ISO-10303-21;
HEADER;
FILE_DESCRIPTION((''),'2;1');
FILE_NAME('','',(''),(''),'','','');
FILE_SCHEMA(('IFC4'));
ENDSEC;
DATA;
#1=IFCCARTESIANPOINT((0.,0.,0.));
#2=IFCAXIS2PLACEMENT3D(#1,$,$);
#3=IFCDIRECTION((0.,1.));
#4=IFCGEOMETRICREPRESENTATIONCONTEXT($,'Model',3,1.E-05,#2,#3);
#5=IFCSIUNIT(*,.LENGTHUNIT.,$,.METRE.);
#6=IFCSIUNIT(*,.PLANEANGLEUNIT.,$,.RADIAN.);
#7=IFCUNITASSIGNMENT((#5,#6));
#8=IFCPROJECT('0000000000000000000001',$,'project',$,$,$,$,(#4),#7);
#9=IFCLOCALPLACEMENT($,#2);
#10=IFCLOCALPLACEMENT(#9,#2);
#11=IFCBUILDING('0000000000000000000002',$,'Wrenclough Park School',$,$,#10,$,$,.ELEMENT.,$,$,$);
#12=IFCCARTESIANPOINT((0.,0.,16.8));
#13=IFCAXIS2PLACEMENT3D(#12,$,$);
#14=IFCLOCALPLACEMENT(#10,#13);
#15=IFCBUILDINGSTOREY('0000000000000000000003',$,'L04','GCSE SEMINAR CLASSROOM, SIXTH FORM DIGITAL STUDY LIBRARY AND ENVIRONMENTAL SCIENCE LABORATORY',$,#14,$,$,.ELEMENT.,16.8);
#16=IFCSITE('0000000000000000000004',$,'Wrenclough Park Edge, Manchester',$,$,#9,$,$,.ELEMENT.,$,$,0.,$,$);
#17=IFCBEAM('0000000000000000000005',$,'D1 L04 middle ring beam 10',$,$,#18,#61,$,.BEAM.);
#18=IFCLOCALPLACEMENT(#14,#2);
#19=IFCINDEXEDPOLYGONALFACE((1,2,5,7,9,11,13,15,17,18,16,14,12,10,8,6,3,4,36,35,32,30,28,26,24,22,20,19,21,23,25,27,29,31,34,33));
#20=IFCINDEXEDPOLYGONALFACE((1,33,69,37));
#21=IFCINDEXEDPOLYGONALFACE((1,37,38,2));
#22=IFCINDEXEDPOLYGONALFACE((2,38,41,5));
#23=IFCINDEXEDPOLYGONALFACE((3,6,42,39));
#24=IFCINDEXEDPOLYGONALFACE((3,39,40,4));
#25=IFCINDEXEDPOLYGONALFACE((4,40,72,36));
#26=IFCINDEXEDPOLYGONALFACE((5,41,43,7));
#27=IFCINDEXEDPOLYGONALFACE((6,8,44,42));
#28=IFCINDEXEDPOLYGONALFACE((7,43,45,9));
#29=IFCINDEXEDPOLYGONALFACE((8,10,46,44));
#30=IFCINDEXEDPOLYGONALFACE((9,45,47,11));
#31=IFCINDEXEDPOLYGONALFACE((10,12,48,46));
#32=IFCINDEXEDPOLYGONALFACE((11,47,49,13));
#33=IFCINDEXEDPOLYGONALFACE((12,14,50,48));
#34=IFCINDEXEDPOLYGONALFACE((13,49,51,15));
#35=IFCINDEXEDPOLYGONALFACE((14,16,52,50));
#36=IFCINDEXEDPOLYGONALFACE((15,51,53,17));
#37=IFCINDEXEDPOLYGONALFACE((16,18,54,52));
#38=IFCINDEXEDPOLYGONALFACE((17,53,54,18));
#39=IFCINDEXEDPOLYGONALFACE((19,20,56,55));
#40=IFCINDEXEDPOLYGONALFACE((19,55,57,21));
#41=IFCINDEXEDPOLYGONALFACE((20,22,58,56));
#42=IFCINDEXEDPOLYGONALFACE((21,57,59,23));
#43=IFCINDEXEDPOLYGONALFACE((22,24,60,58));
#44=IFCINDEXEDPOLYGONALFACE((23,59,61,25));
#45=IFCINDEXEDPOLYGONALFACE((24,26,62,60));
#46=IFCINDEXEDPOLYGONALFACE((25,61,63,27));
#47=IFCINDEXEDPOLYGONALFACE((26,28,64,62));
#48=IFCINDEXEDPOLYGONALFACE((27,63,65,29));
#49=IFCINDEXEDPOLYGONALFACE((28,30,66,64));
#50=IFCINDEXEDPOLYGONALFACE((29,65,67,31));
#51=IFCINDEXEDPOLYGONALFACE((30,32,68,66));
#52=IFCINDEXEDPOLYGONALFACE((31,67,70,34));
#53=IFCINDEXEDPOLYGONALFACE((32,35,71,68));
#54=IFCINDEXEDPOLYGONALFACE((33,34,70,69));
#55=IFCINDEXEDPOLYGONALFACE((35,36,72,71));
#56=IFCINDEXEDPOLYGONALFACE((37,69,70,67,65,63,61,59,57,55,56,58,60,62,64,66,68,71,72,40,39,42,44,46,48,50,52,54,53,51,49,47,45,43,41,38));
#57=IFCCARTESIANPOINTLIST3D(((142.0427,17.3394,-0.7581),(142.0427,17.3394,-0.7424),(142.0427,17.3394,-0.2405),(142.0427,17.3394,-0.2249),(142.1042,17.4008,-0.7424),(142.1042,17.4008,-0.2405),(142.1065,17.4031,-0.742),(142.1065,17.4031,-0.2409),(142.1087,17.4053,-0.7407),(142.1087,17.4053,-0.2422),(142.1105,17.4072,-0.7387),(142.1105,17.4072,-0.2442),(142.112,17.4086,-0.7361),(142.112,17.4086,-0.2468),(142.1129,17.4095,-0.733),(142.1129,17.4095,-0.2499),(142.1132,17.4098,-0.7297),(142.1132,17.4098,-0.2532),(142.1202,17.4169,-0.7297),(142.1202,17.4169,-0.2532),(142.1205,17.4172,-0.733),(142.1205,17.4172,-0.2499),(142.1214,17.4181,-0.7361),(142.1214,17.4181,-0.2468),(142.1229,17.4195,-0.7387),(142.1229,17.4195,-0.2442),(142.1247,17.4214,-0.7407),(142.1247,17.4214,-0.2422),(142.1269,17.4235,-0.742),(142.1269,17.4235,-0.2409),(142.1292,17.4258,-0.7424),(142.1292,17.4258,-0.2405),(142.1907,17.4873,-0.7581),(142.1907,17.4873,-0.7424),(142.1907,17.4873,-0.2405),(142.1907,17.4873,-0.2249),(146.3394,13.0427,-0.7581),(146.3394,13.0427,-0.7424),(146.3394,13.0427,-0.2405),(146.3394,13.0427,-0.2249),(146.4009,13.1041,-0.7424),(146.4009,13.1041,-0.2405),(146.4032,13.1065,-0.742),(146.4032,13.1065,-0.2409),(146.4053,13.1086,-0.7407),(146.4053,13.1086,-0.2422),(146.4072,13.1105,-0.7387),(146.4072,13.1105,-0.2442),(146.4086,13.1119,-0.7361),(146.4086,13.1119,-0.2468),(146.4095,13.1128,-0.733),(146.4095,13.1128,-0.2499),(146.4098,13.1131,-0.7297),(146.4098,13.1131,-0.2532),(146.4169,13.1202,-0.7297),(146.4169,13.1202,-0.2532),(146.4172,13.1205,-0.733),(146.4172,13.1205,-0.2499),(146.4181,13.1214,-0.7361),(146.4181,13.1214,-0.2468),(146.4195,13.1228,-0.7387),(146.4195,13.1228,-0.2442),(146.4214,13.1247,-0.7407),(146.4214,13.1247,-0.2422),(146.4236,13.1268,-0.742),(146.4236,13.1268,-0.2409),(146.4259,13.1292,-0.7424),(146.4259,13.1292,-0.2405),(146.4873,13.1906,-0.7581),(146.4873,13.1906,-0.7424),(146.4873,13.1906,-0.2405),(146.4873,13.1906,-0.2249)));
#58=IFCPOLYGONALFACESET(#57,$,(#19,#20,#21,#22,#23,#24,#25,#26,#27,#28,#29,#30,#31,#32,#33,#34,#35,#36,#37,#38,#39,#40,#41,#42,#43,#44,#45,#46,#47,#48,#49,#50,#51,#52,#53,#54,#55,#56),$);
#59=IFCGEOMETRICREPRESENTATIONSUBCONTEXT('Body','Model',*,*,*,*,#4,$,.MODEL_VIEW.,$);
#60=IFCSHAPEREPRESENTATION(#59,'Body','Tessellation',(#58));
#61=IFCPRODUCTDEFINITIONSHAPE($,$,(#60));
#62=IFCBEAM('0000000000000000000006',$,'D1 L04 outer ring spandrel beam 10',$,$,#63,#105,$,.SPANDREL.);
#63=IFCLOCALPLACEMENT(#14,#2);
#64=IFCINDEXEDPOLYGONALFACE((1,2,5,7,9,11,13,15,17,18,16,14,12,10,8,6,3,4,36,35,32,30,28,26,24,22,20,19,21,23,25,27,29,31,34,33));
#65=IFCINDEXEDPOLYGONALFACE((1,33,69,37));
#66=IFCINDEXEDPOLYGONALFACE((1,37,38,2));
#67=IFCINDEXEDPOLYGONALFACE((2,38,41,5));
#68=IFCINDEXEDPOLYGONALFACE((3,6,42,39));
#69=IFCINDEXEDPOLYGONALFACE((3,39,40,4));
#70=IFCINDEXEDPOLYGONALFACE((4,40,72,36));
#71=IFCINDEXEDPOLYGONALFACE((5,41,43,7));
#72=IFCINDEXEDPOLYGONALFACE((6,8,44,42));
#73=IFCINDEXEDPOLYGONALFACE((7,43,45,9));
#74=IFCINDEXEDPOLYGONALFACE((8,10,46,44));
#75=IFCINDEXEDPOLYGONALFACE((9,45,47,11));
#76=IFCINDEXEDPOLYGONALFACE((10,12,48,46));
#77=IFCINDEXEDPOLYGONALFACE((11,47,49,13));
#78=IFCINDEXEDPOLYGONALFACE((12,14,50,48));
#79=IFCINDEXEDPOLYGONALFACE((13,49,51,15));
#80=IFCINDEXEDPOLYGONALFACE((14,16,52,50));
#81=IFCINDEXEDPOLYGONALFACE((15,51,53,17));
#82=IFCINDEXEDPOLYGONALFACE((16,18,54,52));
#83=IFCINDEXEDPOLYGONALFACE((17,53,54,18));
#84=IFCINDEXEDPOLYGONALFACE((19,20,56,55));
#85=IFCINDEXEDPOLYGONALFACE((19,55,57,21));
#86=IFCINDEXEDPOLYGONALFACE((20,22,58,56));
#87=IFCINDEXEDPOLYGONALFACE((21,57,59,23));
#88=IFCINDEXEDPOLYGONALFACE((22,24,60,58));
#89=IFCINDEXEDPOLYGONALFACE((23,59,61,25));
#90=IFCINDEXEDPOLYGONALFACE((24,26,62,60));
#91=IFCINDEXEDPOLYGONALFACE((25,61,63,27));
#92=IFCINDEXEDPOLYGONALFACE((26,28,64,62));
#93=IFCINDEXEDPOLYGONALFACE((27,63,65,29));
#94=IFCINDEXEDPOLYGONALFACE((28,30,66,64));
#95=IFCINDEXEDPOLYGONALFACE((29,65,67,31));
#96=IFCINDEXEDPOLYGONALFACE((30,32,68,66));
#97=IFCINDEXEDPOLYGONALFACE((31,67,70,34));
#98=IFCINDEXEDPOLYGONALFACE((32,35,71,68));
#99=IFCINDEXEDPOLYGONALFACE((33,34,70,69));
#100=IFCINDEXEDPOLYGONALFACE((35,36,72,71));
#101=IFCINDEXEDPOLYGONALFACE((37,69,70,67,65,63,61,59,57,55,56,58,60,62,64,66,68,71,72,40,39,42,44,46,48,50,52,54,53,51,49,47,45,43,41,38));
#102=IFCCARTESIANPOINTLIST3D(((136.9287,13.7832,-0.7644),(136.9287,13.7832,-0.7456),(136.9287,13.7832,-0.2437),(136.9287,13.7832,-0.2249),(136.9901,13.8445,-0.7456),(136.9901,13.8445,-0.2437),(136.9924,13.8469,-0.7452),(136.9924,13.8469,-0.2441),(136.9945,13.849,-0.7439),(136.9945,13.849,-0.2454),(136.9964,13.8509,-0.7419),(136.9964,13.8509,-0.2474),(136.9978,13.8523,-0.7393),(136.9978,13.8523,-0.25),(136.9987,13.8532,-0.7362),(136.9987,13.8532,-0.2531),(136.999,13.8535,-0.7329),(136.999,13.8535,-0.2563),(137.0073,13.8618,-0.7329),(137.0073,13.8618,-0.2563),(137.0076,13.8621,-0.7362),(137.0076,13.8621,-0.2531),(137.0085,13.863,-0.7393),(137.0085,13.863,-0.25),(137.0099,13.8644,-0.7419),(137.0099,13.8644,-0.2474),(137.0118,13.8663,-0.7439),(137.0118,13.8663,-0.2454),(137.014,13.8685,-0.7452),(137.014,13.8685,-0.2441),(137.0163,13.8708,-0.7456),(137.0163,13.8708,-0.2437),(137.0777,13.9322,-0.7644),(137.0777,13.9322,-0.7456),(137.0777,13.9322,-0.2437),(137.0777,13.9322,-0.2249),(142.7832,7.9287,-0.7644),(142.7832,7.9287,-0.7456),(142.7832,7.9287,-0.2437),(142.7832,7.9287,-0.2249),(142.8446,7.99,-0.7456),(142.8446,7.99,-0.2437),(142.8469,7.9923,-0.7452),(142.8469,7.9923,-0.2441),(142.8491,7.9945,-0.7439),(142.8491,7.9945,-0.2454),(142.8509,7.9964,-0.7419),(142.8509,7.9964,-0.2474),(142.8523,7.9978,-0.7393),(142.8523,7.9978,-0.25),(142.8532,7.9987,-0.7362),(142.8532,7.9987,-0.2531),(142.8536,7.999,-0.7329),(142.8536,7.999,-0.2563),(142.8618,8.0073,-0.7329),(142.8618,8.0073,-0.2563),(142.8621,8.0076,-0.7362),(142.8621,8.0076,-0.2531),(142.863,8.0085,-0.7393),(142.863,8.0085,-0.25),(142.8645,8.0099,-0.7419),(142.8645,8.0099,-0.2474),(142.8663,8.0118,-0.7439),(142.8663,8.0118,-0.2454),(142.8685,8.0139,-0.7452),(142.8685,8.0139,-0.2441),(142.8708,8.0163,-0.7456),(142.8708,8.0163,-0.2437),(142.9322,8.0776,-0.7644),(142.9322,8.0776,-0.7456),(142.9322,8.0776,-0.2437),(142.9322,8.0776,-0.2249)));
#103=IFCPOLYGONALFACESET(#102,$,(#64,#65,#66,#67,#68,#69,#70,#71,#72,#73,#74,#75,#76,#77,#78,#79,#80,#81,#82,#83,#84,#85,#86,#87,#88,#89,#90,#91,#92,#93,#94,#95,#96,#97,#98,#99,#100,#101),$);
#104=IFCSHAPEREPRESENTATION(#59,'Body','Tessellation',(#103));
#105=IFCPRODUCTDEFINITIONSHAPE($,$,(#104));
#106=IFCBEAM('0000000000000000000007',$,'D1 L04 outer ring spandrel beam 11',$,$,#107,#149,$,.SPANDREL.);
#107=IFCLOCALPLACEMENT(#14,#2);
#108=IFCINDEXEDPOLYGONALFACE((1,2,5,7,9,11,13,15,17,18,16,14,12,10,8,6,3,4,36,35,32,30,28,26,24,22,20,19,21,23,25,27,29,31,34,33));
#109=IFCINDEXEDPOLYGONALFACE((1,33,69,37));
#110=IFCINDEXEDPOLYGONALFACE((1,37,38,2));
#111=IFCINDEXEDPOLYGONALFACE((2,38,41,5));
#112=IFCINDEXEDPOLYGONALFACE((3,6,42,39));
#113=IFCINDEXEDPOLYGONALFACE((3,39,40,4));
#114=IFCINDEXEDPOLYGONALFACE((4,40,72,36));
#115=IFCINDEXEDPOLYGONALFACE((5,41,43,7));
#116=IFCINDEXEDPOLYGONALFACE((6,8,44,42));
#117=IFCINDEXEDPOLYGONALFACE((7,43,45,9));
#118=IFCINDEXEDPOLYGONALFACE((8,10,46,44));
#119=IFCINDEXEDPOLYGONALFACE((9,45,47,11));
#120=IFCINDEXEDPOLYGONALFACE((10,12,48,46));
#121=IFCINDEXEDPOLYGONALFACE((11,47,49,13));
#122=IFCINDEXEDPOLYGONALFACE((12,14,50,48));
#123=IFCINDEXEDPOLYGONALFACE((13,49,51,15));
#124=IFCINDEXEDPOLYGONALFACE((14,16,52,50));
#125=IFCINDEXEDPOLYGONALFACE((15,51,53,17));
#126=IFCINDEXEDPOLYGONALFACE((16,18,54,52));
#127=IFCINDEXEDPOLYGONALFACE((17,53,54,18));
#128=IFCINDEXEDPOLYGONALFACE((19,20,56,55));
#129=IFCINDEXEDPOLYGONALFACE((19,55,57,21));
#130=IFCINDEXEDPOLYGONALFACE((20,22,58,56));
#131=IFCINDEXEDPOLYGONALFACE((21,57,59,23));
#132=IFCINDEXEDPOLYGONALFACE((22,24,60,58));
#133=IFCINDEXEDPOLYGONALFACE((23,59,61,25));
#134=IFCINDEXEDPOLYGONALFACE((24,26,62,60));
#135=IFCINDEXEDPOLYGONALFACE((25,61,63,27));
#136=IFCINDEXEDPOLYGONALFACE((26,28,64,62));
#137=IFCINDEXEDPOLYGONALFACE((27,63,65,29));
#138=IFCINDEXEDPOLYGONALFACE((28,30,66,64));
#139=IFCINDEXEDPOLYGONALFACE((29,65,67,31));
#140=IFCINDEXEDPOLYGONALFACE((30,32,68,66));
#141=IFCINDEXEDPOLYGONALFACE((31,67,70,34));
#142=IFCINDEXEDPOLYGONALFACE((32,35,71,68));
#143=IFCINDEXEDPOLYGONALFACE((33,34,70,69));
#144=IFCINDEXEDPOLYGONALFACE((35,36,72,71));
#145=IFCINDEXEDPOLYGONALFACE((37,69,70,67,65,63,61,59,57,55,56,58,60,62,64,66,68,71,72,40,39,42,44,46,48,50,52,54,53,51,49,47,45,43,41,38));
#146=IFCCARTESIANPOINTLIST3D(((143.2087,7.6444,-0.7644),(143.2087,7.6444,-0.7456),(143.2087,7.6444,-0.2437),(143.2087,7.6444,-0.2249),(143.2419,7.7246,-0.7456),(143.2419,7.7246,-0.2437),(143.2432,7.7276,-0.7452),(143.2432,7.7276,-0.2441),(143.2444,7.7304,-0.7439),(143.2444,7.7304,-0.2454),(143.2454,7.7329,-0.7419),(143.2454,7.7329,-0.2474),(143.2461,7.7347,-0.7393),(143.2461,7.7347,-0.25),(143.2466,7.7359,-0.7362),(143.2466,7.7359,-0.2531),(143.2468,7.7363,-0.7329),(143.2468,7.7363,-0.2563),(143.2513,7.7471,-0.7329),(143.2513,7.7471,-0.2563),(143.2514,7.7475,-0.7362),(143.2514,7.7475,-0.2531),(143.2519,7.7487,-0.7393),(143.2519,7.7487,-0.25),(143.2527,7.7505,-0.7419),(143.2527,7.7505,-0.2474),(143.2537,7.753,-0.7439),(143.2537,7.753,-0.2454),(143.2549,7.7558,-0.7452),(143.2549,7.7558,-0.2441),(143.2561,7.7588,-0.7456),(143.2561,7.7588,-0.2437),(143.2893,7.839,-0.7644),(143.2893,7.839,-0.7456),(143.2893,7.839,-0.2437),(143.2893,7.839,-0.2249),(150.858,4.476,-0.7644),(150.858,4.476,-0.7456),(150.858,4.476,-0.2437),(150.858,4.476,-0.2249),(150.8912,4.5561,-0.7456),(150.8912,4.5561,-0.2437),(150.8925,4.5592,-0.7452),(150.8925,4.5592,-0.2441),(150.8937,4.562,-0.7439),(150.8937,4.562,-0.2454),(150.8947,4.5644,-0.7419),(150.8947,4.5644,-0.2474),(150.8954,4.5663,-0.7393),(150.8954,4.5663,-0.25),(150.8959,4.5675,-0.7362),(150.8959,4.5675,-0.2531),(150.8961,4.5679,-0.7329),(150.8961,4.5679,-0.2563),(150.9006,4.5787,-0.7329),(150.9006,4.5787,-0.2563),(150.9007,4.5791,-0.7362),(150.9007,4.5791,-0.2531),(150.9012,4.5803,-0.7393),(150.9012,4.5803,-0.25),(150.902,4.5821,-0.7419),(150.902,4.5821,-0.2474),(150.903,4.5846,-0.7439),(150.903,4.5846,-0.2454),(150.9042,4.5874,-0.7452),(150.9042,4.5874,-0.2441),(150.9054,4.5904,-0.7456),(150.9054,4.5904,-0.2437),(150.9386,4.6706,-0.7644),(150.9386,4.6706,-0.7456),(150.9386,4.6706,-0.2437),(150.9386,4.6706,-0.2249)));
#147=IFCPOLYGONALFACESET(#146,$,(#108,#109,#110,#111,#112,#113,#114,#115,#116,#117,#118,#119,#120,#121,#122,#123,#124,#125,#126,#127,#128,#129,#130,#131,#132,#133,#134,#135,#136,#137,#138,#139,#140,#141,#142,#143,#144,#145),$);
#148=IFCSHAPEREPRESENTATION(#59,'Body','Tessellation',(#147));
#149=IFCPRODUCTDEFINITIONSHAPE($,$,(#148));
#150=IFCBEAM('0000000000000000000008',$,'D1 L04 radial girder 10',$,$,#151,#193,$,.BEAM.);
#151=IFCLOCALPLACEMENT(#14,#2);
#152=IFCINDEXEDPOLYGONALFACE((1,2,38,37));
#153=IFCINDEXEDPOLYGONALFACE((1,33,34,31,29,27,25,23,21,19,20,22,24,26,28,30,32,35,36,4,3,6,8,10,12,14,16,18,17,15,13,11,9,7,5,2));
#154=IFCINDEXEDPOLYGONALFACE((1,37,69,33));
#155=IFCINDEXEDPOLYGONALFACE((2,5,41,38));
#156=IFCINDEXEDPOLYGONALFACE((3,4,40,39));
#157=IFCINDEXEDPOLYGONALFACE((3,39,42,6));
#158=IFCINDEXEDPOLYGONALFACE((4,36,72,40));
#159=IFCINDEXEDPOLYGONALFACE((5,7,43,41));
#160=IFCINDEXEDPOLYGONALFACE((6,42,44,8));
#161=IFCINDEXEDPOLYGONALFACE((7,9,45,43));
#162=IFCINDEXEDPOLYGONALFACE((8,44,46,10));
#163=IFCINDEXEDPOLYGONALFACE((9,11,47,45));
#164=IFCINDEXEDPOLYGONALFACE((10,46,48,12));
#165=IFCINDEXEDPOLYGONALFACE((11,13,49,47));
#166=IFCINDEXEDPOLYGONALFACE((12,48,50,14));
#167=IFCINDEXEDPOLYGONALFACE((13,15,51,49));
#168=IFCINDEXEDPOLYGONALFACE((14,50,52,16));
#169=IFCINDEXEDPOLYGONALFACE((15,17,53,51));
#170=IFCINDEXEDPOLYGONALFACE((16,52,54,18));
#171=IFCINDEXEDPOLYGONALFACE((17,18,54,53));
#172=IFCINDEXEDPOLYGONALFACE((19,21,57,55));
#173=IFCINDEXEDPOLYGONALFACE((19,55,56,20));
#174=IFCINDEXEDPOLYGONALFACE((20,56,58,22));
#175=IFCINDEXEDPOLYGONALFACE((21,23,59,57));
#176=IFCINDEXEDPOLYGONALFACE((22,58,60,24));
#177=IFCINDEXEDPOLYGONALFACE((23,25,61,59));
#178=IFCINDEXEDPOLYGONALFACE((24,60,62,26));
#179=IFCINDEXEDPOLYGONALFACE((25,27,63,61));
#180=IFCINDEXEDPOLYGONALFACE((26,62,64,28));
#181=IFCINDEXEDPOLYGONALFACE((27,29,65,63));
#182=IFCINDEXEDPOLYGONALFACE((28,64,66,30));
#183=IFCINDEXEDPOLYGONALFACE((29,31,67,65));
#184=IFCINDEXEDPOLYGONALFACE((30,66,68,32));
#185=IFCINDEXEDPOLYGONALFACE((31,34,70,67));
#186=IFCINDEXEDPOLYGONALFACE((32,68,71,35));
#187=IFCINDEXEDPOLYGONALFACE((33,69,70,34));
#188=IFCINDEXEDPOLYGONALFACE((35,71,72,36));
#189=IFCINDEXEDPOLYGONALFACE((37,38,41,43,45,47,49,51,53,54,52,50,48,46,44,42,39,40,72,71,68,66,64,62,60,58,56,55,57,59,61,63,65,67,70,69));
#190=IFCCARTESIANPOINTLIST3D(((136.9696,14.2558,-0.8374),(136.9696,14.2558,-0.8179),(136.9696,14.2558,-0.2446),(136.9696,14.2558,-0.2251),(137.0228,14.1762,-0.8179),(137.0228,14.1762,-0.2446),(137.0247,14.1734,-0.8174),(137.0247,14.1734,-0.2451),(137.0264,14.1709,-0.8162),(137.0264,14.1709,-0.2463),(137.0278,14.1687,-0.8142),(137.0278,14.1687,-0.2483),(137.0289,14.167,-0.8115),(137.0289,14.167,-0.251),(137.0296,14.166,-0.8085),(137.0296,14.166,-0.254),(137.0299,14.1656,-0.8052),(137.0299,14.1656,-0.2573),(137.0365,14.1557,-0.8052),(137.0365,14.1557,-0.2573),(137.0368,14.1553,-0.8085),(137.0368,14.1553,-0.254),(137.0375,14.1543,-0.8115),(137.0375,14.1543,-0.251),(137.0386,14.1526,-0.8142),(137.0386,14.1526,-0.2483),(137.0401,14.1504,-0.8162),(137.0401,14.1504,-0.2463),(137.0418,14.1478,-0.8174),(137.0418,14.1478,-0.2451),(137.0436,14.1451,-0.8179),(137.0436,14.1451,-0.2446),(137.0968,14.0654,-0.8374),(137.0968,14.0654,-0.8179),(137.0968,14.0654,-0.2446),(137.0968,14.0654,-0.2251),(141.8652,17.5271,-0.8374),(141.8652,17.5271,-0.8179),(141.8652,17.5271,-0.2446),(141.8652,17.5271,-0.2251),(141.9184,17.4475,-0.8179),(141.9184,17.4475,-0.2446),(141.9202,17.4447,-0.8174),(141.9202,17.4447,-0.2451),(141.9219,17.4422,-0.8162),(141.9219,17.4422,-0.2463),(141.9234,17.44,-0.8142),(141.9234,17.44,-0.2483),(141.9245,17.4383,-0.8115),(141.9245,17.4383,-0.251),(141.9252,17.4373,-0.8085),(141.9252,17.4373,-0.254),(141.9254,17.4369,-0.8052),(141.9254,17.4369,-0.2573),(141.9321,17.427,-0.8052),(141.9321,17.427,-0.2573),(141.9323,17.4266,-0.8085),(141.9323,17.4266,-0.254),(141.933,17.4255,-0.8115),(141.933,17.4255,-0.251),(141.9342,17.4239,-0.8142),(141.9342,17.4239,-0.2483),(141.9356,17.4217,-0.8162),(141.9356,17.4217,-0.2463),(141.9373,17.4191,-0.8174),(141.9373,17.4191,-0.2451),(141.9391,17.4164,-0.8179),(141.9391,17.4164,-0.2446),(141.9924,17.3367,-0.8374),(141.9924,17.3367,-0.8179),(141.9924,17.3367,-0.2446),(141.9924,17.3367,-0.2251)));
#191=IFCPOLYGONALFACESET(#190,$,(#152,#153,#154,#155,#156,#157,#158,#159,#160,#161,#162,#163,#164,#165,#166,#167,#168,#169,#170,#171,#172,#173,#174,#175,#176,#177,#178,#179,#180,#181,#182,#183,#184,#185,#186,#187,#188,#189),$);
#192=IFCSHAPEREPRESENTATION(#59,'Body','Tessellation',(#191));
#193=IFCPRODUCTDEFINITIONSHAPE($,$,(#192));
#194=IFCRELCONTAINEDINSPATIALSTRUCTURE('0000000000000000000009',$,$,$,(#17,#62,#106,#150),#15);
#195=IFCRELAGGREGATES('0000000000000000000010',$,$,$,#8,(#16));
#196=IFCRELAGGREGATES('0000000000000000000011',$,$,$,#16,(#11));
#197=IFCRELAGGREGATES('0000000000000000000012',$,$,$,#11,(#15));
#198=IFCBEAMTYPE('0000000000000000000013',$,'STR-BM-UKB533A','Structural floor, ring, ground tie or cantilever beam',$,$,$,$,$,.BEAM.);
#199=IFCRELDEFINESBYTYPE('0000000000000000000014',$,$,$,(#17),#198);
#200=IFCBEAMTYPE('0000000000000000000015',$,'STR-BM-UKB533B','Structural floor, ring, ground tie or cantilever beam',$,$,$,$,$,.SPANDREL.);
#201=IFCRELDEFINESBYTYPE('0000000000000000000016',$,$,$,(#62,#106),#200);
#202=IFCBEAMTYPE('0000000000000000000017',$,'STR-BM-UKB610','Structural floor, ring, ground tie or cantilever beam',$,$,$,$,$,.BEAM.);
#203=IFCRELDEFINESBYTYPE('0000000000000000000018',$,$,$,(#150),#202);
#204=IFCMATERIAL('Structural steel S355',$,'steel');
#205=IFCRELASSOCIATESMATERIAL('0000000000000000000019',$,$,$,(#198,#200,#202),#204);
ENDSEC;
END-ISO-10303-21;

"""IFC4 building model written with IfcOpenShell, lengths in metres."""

from ifc_helpers import new_model, si_unit, direction, frame, origin, origin_2d, place, context, subcontext, project, spatial, i_section, extrude, material, material_profile, profile_set, type_object, element, save


model = new_model("IFC4")

# Units and contexts
model_context = context("Model", 3, precision=1e-05, world=origin(), true_north=direction((0.0, 1.0)))
body_context = subcontext(model_context, "Body", "Model", "MODEL_VIEW")
ifc_project = project(units=[si_unit("LENGTHUNIT", "METRE"), si_unit("PLANEANGLEUNIT", "RADIAN")], contexts=[model_context])

# Site, building, storey
site_placement = place(None, origin())
site = spatial("IfcSite", under=ifc_project, at=site_placement, Name="Wrenclough Park Edge, Manchester", CompositionType="ELEMENT", RefElevation=0.0)
building_placement = place(site_placement, origin())
building = spatial("IfcBuilding", under=site, at=building_placement, Name="Wrenclough Park School", CompositionType="ELEMENT")
storey_placement = place(building_placement, frame((0.0, 0.0, 16.8)))
storey = spatial("IfcBuildingStorey", under=building, at=storey_placement, Name="L04", Description="GCSE SEMINAR CLASSROOM, SIXTH FORM DIGITAL STUDY LIBRARY AND ENVIRONMENTAL SCIENCE LABORATORY", CompositionType="ELEMENT", Elevation=16.8)

# Beams
ifc_material_1 = material(Name="Structural steel S355", Category="steel")
ifc_material_profile_1 = material_profile(ifc_material_1, i_section(OverallWidth=0.2092, OverallDepth=0.5332, WebThickness=0.01, FlangeThickness=0.0156, FilletRadius=0.0127, at=origin_2d()), Name="UKB 533x210x92")
ifc_profile_set_1 = profile_set([ifc_material_profile_1], Name="Structural steel S355")
beam_type_1 = type_object("IfcBeamType", Name="STR-BM-UKB533A", Description="Structural floor, ring, ground tie or cantilever beam", PredefinedType="BEAM", material=ifc_profile_set_1)
beam_placement = place(storey_placement, frame((142.1167, 17.4133, -0.4915), z_axis=(0.707107, -0.707107, 0.0), x_axis=(0.707107, 0.707107, 0.0)))
element("IfcBeam", 1, at=beam_placement, inside=storey, type_object=beam_type_1, Name="D1 L04 middle ring beam 10", PredefinedType="BEAM", context=body_context, shape_type="SweptSolid", body=[
    extrude(i_section(OverallWidth=0.2092, OverallDepth=0.5332, WebThickness=0.01, FlangeThickness=0.0156, FilletRadius=0.0127, at=origin_2d()), origin(), (0.0, 0.0, 1.0), 6.0764),
])
ifc_material_profile_2 = material_profile(ifc_material_1, i_section(OverallWidth=0.2107, OverallDepth=0.5396, WebThickness=0.0117, FlangeThickness=0.0188, FilletRadius=0.0127, at=origin_2d()), Name="UKB 533x210x109")
ifc_profile_set_2 = profile_set([ifc_material_profile_2], Name="Structural steel S355")
beam_type_2 = type_object("IfcBeamType", Name="STR-BM-UKB533B", Description="Structural floor, ring, ground tie or cantilever beam", PredefinedType="SPANDREL", material=ifc_profile_set_2)
for number, where, z_axis, x_axis, name in (
    (2, (137.0032, 13.8577, -0.4946), (0.707107, -0.707107, 0.0), (0.707107, 0.707107, 0.0), "D1 L04 outer ring spandrel beam 10"),
    (3, (143.249, 7.7417, -0.4946), (0.923881, -0.38268, 0.0), (0.38268, 0.923881, 0.0), "D1 L04 outer ring spandrel beam 11"),
):
    element("IfcBeam", number, at=place(storey_placement, frame(where, z_axis=z_axis, x_axis=x_axis)), inside=storey, type_object=beam_type_2, Name=name, PredefinedType="SPANDREL", context=body_context, shape_type="SweptSolid", body=[
        extrude(i_section(OverallWidth=0.2107, OverallDepth=0.5396, WebThickness=0.0117, FlangeThickness=0.0188, FilletRadius=0.0127, at=origin_2d()), origin(), (0.0, 0.0, 1.0), 8.2795),
    ])
ifc_material_profile_3 = material_profile(ifc_material_1, i_section(OverallWidth=0.229, OverallDepth=0.6123, WebThickness=0.012, FlangeThickness=0.0195, FilletRadius=0.0127, at=origin_2d()), Name="UKB 610x229x125")
ifc_profile_set_3 = profile_set([ifc_material_profile_3], Name="Structural steel S355")
beam_type_3 = type_object("IfcBeamType", Name="STR-BM-UKB610", Description="Structural floor, ring, ground tie or cantilever beam", PredefinedType="BEAM", material=ifc_profile_set_3)
for number, where, z_axis, x_axis, name in (
    (4, (137.0332, 14.1606, -0.5312), (0.831457, 0.55559, 0.0), (-0.55559, 0.831457, 0.0), "D1 L04 radial girder 10"),
):
    element("IfcBeam", number, at=place(storey_placement, frame(where, z_axis=z_axis, x_axis=x_axis)), inside=storey, type_object=beam_type_3, Name=name, PredefinedType="BEAM", context=body_context, shape_type="SweptSolid", body=[
        extrude(i_section(OverallWidth=0.229, OverallDepth=0.6123, WebThickness=0.012, FlangeThickness=0.0195, FilletRadius=0.0127, at=origin_2d()), origin(), (0.0, 0.0, 1.0), 5.8879),
    ])

save(model, "model.ifc")
